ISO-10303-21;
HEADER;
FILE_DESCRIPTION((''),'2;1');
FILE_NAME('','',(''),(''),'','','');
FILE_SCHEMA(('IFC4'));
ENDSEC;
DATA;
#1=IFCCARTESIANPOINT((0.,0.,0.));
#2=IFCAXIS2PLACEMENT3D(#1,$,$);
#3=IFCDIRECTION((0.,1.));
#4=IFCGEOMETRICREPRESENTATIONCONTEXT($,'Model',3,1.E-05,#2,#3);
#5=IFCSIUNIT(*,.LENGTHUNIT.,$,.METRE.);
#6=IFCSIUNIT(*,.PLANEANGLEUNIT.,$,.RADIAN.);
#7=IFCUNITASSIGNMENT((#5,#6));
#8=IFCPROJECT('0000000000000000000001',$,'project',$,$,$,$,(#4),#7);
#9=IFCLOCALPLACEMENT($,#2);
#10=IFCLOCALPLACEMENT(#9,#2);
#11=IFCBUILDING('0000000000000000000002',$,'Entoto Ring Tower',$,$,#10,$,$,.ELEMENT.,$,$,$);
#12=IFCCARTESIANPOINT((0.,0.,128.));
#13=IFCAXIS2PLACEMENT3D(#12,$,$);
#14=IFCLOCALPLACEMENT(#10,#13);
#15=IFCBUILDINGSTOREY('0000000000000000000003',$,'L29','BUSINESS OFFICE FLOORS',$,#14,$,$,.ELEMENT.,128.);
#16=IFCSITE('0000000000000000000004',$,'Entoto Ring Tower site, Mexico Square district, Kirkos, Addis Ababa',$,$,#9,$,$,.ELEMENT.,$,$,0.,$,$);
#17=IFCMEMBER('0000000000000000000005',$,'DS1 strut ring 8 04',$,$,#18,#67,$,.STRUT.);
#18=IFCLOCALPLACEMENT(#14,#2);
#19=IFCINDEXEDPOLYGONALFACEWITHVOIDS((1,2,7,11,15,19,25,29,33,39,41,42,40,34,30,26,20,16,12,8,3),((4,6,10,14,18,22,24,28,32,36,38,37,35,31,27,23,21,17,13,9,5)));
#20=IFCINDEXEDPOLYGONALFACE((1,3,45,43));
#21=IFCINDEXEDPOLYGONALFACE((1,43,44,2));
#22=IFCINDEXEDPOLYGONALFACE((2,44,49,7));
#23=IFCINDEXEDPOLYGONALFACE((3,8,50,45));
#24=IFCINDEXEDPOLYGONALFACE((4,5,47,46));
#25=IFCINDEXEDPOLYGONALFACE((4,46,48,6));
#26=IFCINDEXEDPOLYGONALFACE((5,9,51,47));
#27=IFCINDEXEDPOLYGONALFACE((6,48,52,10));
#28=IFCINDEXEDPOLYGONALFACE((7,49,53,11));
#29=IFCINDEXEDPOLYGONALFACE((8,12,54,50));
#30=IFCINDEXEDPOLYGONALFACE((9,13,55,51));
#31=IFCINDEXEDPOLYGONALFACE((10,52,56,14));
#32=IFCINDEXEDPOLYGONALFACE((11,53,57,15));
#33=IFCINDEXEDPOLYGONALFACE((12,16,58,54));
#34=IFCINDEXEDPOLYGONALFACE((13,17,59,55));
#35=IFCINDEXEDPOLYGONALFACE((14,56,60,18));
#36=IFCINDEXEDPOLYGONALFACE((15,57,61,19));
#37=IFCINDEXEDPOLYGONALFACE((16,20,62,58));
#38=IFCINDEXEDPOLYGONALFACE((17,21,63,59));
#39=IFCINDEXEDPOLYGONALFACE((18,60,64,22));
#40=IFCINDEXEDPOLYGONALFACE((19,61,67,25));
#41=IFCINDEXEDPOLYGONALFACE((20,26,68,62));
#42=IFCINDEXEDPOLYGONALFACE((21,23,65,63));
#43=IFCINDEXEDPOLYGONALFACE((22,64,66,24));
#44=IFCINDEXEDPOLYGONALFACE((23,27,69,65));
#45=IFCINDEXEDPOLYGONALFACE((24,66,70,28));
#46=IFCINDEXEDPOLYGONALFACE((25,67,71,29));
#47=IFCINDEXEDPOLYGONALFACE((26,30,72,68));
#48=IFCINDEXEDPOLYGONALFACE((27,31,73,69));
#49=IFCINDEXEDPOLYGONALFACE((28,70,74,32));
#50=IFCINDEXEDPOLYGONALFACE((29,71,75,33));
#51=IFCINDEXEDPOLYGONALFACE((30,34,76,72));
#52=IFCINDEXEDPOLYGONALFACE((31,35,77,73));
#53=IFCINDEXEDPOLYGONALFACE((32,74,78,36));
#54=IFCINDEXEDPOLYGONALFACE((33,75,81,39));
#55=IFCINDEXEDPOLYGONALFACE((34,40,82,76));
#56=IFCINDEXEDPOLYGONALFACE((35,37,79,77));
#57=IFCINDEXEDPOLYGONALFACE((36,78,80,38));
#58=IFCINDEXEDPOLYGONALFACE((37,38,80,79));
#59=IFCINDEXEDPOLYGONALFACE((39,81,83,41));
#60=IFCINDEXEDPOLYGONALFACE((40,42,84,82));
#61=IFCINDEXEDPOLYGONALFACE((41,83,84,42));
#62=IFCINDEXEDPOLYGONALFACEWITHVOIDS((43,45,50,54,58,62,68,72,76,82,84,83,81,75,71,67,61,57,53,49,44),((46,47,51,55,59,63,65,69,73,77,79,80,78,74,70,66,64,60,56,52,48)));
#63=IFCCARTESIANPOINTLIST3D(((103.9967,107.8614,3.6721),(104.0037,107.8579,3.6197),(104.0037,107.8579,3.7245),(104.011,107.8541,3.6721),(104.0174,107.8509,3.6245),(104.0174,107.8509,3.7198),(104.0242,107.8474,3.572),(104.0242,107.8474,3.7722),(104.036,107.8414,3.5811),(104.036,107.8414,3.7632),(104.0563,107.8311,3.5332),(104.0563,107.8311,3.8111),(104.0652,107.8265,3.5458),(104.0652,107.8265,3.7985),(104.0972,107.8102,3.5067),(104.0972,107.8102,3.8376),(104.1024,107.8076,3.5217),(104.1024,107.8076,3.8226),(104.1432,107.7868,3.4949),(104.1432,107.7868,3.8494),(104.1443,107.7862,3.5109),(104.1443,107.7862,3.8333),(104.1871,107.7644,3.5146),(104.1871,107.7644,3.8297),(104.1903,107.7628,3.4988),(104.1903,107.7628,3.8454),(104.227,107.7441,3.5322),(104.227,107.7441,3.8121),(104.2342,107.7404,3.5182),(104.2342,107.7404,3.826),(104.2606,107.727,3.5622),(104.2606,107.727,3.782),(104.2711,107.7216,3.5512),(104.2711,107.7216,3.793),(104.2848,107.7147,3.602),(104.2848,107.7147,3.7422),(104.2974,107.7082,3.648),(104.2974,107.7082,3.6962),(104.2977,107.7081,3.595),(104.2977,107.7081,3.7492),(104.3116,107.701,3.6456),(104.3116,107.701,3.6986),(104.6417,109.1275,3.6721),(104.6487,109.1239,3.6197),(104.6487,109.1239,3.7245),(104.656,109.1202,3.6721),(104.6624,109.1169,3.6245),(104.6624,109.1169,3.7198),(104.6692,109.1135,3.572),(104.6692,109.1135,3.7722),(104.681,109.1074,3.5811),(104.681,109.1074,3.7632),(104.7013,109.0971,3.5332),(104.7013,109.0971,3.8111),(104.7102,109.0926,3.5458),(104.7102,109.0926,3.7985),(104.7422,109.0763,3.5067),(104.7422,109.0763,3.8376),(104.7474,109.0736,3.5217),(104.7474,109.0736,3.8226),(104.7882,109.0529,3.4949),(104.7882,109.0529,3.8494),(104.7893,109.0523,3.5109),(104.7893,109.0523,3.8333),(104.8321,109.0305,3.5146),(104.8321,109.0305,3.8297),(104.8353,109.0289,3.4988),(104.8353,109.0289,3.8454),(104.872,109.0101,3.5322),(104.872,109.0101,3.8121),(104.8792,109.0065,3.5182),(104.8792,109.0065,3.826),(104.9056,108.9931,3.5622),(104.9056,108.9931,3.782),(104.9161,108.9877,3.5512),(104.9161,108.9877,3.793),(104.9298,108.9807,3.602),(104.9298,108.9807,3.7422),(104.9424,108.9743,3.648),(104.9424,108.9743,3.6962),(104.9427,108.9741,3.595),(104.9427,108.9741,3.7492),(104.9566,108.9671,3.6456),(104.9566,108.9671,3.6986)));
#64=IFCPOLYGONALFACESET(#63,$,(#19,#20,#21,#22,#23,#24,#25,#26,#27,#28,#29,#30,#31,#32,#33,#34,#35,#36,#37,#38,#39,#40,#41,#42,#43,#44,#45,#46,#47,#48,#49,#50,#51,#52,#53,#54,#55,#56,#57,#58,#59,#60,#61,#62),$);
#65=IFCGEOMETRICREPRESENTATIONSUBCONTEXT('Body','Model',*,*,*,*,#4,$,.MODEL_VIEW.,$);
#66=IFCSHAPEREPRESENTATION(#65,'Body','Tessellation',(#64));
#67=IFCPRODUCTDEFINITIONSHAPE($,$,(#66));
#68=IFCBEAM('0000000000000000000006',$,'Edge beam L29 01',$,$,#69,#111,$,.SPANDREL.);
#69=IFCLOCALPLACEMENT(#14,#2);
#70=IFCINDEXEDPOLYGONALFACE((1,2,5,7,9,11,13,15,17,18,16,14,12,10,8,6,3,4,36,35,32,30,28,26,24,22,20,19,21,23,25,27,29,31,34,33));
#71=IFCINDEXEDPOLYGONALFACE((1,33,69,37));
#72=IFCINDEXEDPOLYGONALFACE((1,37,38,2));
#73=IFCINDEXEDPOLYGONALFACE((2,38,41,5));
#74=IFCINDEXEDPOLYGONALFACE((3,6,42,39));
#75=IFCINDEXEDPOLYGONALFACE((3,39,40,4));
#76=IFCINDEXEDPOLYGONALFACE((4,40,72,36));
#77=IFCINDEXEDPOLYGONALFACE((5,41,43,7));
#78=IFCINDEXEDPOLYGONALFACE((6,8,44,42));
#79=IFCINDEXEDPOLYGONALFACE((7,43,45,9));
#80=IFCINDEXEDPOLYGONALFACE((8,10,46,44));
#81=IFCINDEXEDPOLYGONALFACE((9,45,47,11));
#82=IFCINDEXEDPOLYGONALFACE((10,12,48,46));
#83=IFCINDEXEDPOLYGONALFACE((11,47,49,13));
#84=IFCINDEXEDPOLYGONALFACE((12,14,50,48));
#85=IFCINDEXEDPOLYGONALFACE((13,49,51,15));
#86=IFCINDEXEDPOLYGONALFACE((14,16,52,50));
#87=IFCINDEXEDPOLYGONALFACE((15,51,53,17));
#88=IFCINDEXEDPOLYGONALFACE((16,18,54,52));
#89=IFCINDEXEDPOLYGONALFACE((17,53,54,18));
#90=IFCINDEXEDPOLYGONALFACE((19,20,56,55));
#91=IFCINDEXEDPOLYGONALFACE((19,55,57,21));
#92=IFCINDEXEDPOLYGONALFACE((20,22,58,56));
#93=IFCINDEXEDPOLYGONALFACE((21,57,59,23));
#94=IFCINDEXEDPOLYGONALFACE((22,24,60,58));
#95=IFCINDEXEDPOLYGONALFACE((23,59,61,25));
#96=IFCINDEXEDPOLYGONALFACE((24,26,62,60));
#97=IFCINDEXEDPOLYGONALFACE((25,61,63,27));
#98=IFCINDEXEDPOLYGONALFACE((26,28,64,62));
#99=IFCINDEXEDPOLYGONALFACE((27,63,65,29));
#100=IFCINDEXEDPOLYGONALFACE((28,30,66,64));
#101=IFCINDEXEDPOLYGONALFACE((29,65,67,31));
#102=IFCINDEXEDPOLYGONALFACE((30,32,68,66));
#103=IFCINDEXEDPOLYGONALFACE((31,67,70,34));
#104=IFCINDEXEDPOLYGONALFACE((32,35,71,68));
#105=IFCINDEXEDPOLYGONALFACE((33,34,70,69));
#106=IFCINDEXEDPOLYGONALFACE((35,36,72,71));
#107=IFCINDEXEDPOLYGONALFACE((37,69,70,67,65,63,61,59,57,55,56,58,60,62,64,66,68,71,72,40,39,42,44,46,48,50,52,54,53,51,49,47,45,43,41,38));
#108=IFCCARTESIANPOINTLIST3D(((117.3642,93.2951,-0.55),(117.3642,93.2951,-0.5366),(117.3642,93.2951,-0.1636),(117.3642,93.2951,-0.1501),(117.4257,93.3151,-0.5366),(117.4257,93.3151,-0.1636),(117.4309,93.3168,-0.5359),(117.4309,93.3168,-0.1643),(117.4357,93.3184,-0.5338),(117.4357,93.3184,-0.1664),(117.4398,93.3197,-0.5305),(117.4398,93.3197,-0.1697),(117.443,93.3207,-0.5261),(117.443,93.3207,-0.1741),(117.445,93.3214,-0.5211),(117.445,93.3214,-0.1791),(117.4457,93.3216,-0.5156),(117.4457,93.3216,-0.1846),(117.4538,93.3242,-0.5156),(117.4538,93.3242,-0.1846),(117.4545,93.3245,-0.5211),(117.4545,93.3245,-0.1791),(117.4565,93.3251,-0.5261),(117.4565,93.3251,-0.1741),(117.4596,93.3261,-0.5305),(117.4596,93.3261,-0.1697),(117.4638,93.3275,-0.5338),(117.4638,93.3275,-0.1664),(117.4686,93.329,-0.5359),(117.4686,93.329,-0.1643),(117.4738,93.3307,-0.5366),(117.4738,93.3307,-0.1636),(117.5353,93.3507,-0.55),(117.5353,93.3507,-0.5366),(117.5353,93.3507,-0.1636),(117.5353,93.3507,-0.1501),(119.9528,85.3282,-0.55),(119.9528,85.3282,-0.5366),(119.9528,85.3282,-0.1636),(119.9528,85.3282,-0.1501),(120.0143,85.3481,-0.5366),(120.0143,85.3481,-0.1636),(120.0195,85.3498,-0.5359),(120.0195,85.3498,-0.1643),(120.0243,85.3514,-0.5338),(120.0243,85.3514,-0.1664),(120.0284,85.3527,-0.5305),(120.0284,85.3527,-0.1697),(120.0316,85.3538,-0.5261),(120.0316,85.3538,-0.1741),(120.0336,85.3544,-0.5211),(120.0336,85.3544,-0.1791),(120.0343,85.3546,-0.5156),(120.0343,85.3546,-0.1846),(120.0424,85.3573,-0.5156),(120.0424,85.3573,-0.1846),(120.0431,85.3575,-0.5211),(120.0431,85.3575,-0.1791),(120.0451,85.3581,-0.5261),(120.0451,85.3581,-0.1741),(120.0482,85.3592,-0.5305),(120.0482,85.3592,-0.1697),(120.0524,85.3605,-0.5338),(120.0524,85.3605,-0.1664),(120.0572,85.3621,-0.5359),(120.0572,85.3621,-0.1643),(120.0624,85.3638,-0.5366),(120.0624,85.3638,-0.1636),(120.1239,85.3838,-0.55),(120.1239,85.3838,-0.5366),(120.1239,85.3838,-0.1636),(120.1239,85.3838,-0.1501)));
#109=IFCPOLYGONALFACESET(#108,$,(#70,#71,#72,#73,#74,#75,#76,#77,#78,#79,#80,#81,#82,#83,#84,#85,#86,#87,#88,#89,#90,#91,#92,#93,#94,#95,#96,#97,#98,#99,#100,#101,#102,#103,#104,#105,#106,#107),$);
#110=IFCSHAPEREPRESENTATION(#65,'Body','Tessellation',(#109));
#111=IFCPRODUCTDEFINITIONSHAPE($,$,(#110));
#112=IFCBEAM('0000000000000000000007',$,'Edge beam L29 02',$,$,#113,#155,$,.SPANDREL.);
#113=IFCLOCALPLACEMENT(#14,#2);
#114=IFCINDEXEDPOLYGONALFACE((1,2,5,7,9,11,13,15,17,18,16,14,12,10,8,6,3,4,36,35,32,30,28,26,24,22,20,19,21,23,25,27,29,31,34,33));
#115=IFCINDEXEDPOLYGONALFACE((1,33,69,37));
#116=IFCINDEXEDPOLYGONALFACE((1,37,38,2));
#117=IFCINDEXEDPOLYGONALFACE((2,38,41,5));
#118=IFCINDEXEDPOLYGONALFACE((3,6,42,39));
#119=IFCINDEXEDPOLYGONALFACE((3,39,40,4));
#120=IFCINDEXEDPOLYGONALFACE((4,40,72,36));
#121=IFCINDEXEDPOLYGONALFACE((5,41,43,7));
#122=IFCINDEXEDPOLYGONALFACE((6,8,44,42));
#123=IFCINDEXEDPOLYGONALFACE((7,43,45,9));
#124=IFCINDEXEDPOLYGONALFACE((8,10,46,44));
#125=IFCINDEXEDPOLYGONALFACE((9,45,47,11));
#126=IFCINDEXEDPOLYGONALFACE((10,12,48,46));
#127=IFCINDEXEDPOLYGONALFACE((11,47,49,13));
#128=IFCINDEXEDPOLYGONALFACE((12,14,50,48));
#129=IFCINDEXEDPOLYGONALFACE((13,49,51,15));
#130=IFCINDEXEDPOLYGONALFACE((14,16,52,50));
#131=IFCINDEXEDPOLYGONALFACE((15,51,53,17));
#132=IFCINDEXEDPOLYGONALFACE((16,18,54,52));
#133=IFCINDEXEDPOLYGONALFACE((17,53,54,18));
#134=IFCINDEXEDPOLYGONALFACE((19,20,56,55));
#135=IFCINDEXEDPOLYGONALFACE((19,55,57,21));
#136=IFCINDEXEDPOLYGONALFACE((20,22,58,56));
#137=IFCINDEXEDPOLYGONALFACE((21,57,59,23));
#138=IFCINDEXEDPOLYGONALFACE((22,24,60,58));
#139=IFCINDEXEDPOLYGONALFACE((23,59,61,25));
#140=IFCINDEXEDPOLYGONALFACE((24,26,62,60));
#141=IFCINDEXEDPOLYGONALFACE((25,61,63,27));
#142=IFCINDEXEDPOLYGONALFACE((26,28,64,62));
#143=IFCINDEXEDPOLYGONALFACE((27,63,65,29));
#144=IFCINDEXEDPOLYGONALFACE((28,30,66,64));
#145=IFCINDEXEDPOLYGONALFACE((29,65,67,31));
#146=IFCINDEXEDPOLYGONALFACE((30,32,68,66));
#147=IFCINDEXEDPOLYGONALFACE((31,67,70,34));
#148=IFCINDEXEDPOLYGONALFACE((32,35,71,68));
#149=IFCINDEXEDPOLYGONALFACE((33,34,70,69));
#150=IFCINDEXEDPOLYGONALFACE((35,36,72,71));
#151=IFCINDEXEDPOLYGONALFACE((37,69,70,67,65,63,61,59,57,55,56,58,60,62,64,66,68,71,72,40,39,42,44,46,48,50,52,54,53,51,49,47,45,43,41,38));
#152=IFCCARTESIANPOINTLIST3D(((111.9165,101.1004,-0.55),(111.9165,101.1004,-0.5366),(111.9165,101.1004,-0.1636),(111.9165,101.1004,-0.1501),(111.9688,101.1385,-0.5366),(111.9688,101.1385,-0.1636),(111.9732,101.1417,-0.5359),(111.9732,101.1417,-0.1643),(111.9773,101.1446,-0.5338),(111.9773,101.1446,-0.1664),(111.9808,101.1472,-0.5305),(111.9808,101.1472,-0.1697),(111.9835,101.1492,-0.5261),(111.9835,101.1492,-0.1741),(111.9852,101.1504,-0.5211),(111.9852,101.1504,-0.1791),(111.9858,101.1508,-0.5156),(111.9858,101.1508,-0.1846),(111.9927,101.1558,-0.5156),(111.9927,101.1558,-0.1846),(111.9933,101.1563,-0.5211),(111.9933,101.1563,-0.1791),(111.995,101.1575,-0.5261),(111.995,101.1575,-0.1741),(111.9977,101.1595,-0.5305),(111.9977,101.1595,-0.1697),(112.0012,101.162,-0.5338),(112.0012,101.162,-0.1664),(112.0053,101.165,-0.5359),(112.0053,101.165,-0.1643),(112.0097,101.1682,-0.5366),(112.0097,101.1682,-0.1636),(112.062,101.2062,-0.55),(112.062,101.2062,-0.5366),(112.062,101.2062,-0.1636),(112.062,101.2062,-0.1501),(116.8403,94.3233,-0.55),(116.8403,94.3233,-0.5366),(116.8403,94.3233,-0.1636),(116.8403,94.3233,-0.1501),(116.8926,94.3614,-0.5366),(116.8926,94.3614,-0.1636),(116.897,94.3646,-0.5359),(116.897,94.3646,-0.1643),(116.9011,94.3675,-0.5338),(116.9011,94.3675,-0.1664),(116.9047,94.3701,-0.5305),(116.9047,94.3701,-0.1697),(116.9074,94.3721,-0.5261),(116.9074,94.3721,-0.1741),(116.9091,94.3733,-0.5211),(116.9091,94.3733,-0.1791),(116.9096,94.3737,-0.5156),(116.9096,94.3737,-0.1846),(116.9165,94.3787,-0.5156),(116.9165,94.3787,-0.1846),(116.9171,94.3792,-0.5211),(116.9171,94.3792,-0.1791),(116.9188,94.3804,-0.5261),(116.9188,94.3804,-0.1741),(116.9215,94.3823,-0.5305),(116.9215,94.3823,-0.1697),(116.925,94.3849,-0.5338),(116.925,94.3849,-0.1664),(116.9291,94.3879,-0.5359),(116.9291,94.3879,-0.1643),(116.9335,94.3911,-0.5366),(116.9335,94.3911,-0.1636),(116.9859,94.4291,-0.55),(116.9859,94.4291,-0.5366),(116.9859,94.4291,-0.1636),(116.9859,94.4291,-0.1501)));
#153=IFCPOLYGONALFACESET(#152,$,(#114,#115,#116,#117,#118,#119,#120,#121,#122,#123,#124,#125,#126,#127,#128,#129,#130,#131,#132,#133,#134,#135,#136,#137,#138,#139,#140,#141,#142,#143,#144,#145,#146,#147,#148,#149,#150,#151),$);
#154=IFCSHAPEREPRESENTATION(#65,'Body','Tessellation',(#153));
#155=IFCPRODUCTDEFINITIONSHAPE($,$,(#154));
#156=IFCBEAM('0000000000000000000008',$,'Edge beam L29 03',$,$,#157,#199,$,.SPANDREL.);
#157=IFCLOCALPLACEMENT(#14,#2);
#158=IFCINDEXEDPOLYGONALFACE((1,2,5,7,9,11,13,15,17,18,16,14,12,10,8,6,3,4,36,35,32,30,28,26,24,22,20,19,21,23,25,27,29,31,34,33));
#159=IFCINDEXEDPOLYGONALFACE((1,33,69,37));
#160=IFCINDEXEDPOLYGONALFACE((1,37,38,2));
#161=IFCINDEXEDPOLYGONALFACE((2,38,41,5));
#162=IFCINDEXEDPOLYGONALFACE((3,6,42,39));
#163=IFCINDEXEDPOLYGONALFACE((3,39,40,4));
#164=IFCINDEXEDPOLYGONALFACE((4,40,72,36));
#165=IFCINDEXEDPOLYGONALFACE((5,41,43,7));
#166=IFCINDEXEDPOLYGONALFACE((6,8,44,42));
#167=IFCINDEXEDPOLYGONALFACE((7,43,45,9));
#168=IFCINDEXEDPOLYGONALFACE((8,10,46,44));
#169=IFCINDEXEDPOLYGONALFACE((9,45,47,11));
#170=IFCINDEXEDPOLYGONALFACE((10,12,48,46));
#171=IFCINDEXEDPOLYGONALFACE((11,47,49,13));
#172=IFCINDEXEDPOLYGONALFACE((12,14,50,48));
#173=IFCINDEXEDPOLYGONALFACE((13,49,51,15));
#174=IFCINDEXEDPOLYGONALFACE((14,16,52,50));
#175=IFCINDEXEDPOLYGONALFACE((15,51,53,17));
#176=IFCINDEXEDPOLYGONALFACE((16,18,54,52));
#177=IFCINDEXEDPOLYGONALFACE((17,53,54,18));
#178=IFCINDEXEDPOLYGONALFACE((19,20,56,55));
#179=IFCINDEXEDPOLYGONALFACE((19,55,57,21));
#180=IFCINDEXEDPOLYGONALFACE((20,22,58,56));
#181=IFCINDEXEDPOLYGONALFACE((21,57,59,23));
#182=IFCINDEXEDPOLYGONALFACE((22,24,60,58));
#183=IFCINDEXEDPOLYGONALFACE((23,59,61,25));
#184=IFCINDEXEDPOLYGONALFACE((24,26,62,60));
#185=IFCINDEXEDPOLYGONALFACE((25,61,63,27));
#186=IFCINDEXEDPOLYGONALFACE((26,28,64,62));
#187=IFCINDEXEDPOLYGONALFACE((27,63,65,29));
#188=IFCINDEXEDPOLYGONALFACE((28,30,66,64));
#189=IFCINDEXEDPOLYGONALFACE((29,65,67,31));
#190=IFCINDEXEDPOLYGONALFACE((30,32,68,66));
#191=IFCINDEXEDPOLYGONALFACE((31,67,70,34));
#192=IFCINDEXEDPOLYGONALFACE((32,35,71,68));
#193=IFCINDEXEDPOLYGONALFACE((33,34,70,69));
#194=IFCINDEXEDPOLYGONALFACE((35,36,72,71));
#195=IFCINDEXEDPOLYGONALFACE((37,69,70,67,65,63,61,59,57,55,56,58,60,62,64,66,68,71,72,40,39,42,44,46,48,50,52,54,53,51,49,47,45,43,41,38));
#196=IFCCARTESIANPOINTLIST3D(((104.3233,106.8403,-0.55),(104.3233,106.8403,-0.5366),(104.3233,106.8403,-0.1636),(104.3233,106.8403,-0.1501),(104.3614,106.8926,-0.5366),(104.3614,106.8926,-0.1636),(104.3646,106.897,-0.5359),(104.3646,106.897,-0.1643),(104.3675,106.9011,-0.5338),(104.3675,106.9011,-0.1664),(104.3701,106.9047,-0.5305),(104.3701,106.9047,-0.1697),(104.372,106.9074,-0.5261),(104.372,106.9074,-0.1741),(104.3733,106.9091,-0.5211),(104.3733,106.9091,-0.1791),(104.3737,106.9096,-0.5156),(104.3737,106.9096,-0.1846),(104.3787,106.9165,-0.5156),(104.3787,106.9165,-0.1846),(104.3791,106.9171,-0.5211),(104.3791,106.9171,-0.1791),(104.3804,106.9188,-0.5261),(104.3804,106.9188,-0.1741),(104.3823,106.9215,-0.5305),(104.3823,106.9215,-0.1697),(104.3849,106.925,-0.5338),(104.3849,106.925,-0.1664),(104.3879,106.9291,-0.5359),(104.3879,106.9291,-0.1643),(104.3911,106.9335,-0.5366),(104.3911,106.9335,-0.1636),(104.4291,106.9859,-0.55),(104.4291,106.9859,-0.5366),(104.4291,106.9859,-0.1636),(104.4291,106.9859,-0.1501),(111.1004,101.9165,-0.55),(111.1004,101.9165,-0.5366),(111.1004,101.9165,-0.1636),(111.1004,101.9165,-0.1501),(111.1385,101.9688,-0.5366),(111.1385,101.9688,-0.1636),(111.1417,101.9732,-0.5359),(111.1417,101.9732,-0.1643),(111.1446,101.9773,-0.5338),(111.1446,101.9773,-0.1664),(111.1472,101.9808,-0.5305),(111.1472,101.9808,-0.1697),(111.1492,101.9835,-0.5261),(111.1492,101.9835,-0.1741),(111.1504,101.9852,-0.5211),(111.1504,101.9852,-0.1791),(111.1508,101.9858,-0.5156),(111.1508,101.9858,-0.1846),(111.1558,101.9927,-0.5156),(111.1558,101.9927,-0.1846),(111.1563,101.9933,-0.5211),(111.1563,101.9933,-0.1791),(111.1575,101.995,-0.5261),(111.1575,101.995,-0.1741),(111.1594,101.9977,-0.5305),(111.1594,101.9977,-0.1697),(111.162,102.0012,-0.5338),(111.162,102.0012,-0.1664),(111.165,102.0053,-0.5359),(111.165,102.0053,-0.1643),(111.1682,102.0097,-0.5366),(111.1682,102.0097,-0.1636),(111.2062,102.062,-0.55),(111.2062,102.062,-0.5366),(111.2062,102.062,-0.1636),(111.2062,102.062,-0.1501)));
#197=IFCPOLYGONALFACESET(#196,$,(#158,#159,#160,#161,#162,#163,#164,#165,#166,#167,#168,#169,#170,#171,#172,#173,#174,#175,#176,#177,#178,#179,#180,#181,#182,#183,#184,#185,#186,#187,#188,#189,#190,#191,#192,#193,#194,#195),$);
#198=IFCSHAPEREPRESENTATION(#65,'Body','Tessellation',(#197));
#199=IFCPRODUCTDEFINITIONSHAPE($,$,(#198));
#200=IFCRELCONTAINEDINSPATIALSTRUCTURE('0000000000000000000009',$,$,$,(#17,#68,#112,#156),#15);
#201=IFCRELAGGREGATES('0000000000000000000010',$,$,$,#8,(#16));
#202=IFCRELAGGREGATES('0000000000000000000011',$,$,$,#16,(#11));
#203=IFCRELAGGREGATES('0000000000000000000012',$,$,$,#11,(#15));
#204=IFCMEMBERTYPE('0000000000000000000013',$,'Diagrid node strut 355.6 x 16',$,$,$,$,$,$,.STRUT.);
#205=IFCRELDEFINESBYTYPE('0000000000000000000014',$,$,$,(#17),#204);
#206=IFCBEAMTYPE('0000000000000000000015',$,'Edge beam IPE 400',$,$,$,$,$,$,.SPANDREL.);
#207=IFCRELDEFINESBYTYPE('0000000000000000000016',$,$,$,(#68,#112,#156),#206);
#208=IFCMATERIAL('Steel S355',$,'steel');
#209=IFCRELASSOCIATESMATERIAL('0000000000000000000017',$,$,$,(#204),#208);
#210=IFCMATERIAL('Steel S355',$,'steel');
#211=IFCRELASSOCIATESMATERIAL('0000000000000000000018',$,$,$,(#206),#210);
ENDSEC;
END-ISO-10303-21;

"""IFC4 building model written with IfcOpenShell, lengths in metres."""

from ifc_helpers import new_model, si_unit, direction, frame, origin, origin_2d, place, context, subcontext, project, spatial, circle, hollow_circle, i_section, extrude, material, material_profile, profile_set, type_object, element, save


model = new_model("IFC4")

# Units and contexts
model_context = context("Model", 3, precision=1e-05, world=origin(), true_north=direction((0.0, 1.0)))
body_context = subcontext(model_context, "Body", "Model", "MODEL_VIEW")
ifc_project = project(units=[si_unit("LENGTHUNIT", "METRE"), si_unit("PLANEANGLEUNIT", "RADIAN")], contexts=[model_context])

# Site, building, storey
site_placement = place(None, origin())
site = spatial("IfcSite", under=ifc_project, at=site_placement, Name="Entoto Ring Tower site, Mexico Square district, Kirkos, Addis Ababa", CompositionType="ELEMENT", RefElevation=0.0)
building_placement = place(site_placement, origin())
building = spatial("IfcBuilding", under=site, at=building_placement, Name="Entoto Ring Tower", CompositionType="ELEMENT")
storey_placement = place(building_placement, frame((0.0, 0.0, 128.0)))
storey = spatial("IfcBuildingStorey", under=building, at=storey_placement, Name="L29", Description="BUSINESS OFFICE FLOORS", CompositionType="ELEMENT", Elevation=128.0)

# Member
ifc_material_1 = material(Name="Steel S355", Category="steel")
ifc_material_profile_1 = material_profile(ifc_material_1, hollow_circle(Radius=0.1777, WallThickness=0.0161, at=origin_2d()), Name="CHS 355.6 x 16")
ifc_material_2 = material(Name="Concrete C60/75", Category="concrete")
ifc_material_profile_2 = material_profile(ifc_material_2, circle(Radius=0.1619, at=origin_2d()), Name="Concrete C60/75 infill")
ifc_profile_set_1 = profile_set([ifc_material_profile_1, ifc_material_profile_2], Name="Steel S355")
member_type = type_object("IfcMemberType", Name="Diagrid node strut 355.6 x 16", PredefinedType="STRUT", material=ifc_profile_set_1)
member_1_placement = place(storey_placement, frame((104.155, 107.7808, 3.6721), z_axis=(0.453936, 0.891034, 0.0), x_axis=(-0.891034, 0.453936, 0.0)))
element("IfcMember", 1, at=member_1_placement, inside=storey, type_object=member_type, Name="DS1 strut ring 8 04", PredefinedType="STRUT", context=body_context, shape_type="SweptSolid", body=[
    extrude(hollow_circle(Radius=0.1777, WallThickness=0.0161, at=origin_2d()), origin(), (0.0, 0.0, 1.0), 1.4209),
])

# Beams
ifc_material_3 = material(Name="Steel S355", Category="steel")
ifc_material_profile_3 = material_profile(ifc_material_3, i_section(OverallWidth=0.1799, OverallDepth=0.3999, WebThickness=0.0085, FlangeThickness=0.0134, FilletRadius=0.021, at=origin_2d()), Name="IPE 400")
ifc_profile_set_2 = profile_set([ifc_material_profile_3], Name="Steel S355")
beam_type_1 = type_object("IfcBeamType", Name="Edge beam IPE 400", PredefinedType="SPANDREL", material=ifc_profile_set_2)
for number, where, z_axis, x_axis, name in (
    (2, (120.0383, 85.356, -0.3501), (-0.309014, 0.951057, 0.0), (-0.951057, -0.309014, 0.0), "Edge beam L29 01"),
    (3, (116.9131, 94.3762, -0.3501), (-0.587783, 0.809018, 0.0), (-0.809018, -0.587783, 0.0), "Edge beam L29 02"),
    (4, (111.1533, 101.9893, -0.3501), (-0.809018, 0.587783, 0.0), (-0.587783, -0.809018, 0.0), "Edge beam L29 03"),
):
    element("IfcBeam", number, at=place(storey_placement, frame(where, z_axis=z_axis, x_axis=x_axis)), inside=storey, type_object=beam_type_1, Name=name, PredefinedType="SPANDREL", context=body_context, shape_type="SweptSolid", body=[
        extrude(i_section(OverallWidth=0.1799, OverallDepth=0.3999, WebThickness=0.0085, FlangeThickness=0.0134, FilletRadius=0.021, at=origin_2d()), origin(), (0.0, 0.0, 1.0), 8.377),
    ])

save(model, "model.ifc")
